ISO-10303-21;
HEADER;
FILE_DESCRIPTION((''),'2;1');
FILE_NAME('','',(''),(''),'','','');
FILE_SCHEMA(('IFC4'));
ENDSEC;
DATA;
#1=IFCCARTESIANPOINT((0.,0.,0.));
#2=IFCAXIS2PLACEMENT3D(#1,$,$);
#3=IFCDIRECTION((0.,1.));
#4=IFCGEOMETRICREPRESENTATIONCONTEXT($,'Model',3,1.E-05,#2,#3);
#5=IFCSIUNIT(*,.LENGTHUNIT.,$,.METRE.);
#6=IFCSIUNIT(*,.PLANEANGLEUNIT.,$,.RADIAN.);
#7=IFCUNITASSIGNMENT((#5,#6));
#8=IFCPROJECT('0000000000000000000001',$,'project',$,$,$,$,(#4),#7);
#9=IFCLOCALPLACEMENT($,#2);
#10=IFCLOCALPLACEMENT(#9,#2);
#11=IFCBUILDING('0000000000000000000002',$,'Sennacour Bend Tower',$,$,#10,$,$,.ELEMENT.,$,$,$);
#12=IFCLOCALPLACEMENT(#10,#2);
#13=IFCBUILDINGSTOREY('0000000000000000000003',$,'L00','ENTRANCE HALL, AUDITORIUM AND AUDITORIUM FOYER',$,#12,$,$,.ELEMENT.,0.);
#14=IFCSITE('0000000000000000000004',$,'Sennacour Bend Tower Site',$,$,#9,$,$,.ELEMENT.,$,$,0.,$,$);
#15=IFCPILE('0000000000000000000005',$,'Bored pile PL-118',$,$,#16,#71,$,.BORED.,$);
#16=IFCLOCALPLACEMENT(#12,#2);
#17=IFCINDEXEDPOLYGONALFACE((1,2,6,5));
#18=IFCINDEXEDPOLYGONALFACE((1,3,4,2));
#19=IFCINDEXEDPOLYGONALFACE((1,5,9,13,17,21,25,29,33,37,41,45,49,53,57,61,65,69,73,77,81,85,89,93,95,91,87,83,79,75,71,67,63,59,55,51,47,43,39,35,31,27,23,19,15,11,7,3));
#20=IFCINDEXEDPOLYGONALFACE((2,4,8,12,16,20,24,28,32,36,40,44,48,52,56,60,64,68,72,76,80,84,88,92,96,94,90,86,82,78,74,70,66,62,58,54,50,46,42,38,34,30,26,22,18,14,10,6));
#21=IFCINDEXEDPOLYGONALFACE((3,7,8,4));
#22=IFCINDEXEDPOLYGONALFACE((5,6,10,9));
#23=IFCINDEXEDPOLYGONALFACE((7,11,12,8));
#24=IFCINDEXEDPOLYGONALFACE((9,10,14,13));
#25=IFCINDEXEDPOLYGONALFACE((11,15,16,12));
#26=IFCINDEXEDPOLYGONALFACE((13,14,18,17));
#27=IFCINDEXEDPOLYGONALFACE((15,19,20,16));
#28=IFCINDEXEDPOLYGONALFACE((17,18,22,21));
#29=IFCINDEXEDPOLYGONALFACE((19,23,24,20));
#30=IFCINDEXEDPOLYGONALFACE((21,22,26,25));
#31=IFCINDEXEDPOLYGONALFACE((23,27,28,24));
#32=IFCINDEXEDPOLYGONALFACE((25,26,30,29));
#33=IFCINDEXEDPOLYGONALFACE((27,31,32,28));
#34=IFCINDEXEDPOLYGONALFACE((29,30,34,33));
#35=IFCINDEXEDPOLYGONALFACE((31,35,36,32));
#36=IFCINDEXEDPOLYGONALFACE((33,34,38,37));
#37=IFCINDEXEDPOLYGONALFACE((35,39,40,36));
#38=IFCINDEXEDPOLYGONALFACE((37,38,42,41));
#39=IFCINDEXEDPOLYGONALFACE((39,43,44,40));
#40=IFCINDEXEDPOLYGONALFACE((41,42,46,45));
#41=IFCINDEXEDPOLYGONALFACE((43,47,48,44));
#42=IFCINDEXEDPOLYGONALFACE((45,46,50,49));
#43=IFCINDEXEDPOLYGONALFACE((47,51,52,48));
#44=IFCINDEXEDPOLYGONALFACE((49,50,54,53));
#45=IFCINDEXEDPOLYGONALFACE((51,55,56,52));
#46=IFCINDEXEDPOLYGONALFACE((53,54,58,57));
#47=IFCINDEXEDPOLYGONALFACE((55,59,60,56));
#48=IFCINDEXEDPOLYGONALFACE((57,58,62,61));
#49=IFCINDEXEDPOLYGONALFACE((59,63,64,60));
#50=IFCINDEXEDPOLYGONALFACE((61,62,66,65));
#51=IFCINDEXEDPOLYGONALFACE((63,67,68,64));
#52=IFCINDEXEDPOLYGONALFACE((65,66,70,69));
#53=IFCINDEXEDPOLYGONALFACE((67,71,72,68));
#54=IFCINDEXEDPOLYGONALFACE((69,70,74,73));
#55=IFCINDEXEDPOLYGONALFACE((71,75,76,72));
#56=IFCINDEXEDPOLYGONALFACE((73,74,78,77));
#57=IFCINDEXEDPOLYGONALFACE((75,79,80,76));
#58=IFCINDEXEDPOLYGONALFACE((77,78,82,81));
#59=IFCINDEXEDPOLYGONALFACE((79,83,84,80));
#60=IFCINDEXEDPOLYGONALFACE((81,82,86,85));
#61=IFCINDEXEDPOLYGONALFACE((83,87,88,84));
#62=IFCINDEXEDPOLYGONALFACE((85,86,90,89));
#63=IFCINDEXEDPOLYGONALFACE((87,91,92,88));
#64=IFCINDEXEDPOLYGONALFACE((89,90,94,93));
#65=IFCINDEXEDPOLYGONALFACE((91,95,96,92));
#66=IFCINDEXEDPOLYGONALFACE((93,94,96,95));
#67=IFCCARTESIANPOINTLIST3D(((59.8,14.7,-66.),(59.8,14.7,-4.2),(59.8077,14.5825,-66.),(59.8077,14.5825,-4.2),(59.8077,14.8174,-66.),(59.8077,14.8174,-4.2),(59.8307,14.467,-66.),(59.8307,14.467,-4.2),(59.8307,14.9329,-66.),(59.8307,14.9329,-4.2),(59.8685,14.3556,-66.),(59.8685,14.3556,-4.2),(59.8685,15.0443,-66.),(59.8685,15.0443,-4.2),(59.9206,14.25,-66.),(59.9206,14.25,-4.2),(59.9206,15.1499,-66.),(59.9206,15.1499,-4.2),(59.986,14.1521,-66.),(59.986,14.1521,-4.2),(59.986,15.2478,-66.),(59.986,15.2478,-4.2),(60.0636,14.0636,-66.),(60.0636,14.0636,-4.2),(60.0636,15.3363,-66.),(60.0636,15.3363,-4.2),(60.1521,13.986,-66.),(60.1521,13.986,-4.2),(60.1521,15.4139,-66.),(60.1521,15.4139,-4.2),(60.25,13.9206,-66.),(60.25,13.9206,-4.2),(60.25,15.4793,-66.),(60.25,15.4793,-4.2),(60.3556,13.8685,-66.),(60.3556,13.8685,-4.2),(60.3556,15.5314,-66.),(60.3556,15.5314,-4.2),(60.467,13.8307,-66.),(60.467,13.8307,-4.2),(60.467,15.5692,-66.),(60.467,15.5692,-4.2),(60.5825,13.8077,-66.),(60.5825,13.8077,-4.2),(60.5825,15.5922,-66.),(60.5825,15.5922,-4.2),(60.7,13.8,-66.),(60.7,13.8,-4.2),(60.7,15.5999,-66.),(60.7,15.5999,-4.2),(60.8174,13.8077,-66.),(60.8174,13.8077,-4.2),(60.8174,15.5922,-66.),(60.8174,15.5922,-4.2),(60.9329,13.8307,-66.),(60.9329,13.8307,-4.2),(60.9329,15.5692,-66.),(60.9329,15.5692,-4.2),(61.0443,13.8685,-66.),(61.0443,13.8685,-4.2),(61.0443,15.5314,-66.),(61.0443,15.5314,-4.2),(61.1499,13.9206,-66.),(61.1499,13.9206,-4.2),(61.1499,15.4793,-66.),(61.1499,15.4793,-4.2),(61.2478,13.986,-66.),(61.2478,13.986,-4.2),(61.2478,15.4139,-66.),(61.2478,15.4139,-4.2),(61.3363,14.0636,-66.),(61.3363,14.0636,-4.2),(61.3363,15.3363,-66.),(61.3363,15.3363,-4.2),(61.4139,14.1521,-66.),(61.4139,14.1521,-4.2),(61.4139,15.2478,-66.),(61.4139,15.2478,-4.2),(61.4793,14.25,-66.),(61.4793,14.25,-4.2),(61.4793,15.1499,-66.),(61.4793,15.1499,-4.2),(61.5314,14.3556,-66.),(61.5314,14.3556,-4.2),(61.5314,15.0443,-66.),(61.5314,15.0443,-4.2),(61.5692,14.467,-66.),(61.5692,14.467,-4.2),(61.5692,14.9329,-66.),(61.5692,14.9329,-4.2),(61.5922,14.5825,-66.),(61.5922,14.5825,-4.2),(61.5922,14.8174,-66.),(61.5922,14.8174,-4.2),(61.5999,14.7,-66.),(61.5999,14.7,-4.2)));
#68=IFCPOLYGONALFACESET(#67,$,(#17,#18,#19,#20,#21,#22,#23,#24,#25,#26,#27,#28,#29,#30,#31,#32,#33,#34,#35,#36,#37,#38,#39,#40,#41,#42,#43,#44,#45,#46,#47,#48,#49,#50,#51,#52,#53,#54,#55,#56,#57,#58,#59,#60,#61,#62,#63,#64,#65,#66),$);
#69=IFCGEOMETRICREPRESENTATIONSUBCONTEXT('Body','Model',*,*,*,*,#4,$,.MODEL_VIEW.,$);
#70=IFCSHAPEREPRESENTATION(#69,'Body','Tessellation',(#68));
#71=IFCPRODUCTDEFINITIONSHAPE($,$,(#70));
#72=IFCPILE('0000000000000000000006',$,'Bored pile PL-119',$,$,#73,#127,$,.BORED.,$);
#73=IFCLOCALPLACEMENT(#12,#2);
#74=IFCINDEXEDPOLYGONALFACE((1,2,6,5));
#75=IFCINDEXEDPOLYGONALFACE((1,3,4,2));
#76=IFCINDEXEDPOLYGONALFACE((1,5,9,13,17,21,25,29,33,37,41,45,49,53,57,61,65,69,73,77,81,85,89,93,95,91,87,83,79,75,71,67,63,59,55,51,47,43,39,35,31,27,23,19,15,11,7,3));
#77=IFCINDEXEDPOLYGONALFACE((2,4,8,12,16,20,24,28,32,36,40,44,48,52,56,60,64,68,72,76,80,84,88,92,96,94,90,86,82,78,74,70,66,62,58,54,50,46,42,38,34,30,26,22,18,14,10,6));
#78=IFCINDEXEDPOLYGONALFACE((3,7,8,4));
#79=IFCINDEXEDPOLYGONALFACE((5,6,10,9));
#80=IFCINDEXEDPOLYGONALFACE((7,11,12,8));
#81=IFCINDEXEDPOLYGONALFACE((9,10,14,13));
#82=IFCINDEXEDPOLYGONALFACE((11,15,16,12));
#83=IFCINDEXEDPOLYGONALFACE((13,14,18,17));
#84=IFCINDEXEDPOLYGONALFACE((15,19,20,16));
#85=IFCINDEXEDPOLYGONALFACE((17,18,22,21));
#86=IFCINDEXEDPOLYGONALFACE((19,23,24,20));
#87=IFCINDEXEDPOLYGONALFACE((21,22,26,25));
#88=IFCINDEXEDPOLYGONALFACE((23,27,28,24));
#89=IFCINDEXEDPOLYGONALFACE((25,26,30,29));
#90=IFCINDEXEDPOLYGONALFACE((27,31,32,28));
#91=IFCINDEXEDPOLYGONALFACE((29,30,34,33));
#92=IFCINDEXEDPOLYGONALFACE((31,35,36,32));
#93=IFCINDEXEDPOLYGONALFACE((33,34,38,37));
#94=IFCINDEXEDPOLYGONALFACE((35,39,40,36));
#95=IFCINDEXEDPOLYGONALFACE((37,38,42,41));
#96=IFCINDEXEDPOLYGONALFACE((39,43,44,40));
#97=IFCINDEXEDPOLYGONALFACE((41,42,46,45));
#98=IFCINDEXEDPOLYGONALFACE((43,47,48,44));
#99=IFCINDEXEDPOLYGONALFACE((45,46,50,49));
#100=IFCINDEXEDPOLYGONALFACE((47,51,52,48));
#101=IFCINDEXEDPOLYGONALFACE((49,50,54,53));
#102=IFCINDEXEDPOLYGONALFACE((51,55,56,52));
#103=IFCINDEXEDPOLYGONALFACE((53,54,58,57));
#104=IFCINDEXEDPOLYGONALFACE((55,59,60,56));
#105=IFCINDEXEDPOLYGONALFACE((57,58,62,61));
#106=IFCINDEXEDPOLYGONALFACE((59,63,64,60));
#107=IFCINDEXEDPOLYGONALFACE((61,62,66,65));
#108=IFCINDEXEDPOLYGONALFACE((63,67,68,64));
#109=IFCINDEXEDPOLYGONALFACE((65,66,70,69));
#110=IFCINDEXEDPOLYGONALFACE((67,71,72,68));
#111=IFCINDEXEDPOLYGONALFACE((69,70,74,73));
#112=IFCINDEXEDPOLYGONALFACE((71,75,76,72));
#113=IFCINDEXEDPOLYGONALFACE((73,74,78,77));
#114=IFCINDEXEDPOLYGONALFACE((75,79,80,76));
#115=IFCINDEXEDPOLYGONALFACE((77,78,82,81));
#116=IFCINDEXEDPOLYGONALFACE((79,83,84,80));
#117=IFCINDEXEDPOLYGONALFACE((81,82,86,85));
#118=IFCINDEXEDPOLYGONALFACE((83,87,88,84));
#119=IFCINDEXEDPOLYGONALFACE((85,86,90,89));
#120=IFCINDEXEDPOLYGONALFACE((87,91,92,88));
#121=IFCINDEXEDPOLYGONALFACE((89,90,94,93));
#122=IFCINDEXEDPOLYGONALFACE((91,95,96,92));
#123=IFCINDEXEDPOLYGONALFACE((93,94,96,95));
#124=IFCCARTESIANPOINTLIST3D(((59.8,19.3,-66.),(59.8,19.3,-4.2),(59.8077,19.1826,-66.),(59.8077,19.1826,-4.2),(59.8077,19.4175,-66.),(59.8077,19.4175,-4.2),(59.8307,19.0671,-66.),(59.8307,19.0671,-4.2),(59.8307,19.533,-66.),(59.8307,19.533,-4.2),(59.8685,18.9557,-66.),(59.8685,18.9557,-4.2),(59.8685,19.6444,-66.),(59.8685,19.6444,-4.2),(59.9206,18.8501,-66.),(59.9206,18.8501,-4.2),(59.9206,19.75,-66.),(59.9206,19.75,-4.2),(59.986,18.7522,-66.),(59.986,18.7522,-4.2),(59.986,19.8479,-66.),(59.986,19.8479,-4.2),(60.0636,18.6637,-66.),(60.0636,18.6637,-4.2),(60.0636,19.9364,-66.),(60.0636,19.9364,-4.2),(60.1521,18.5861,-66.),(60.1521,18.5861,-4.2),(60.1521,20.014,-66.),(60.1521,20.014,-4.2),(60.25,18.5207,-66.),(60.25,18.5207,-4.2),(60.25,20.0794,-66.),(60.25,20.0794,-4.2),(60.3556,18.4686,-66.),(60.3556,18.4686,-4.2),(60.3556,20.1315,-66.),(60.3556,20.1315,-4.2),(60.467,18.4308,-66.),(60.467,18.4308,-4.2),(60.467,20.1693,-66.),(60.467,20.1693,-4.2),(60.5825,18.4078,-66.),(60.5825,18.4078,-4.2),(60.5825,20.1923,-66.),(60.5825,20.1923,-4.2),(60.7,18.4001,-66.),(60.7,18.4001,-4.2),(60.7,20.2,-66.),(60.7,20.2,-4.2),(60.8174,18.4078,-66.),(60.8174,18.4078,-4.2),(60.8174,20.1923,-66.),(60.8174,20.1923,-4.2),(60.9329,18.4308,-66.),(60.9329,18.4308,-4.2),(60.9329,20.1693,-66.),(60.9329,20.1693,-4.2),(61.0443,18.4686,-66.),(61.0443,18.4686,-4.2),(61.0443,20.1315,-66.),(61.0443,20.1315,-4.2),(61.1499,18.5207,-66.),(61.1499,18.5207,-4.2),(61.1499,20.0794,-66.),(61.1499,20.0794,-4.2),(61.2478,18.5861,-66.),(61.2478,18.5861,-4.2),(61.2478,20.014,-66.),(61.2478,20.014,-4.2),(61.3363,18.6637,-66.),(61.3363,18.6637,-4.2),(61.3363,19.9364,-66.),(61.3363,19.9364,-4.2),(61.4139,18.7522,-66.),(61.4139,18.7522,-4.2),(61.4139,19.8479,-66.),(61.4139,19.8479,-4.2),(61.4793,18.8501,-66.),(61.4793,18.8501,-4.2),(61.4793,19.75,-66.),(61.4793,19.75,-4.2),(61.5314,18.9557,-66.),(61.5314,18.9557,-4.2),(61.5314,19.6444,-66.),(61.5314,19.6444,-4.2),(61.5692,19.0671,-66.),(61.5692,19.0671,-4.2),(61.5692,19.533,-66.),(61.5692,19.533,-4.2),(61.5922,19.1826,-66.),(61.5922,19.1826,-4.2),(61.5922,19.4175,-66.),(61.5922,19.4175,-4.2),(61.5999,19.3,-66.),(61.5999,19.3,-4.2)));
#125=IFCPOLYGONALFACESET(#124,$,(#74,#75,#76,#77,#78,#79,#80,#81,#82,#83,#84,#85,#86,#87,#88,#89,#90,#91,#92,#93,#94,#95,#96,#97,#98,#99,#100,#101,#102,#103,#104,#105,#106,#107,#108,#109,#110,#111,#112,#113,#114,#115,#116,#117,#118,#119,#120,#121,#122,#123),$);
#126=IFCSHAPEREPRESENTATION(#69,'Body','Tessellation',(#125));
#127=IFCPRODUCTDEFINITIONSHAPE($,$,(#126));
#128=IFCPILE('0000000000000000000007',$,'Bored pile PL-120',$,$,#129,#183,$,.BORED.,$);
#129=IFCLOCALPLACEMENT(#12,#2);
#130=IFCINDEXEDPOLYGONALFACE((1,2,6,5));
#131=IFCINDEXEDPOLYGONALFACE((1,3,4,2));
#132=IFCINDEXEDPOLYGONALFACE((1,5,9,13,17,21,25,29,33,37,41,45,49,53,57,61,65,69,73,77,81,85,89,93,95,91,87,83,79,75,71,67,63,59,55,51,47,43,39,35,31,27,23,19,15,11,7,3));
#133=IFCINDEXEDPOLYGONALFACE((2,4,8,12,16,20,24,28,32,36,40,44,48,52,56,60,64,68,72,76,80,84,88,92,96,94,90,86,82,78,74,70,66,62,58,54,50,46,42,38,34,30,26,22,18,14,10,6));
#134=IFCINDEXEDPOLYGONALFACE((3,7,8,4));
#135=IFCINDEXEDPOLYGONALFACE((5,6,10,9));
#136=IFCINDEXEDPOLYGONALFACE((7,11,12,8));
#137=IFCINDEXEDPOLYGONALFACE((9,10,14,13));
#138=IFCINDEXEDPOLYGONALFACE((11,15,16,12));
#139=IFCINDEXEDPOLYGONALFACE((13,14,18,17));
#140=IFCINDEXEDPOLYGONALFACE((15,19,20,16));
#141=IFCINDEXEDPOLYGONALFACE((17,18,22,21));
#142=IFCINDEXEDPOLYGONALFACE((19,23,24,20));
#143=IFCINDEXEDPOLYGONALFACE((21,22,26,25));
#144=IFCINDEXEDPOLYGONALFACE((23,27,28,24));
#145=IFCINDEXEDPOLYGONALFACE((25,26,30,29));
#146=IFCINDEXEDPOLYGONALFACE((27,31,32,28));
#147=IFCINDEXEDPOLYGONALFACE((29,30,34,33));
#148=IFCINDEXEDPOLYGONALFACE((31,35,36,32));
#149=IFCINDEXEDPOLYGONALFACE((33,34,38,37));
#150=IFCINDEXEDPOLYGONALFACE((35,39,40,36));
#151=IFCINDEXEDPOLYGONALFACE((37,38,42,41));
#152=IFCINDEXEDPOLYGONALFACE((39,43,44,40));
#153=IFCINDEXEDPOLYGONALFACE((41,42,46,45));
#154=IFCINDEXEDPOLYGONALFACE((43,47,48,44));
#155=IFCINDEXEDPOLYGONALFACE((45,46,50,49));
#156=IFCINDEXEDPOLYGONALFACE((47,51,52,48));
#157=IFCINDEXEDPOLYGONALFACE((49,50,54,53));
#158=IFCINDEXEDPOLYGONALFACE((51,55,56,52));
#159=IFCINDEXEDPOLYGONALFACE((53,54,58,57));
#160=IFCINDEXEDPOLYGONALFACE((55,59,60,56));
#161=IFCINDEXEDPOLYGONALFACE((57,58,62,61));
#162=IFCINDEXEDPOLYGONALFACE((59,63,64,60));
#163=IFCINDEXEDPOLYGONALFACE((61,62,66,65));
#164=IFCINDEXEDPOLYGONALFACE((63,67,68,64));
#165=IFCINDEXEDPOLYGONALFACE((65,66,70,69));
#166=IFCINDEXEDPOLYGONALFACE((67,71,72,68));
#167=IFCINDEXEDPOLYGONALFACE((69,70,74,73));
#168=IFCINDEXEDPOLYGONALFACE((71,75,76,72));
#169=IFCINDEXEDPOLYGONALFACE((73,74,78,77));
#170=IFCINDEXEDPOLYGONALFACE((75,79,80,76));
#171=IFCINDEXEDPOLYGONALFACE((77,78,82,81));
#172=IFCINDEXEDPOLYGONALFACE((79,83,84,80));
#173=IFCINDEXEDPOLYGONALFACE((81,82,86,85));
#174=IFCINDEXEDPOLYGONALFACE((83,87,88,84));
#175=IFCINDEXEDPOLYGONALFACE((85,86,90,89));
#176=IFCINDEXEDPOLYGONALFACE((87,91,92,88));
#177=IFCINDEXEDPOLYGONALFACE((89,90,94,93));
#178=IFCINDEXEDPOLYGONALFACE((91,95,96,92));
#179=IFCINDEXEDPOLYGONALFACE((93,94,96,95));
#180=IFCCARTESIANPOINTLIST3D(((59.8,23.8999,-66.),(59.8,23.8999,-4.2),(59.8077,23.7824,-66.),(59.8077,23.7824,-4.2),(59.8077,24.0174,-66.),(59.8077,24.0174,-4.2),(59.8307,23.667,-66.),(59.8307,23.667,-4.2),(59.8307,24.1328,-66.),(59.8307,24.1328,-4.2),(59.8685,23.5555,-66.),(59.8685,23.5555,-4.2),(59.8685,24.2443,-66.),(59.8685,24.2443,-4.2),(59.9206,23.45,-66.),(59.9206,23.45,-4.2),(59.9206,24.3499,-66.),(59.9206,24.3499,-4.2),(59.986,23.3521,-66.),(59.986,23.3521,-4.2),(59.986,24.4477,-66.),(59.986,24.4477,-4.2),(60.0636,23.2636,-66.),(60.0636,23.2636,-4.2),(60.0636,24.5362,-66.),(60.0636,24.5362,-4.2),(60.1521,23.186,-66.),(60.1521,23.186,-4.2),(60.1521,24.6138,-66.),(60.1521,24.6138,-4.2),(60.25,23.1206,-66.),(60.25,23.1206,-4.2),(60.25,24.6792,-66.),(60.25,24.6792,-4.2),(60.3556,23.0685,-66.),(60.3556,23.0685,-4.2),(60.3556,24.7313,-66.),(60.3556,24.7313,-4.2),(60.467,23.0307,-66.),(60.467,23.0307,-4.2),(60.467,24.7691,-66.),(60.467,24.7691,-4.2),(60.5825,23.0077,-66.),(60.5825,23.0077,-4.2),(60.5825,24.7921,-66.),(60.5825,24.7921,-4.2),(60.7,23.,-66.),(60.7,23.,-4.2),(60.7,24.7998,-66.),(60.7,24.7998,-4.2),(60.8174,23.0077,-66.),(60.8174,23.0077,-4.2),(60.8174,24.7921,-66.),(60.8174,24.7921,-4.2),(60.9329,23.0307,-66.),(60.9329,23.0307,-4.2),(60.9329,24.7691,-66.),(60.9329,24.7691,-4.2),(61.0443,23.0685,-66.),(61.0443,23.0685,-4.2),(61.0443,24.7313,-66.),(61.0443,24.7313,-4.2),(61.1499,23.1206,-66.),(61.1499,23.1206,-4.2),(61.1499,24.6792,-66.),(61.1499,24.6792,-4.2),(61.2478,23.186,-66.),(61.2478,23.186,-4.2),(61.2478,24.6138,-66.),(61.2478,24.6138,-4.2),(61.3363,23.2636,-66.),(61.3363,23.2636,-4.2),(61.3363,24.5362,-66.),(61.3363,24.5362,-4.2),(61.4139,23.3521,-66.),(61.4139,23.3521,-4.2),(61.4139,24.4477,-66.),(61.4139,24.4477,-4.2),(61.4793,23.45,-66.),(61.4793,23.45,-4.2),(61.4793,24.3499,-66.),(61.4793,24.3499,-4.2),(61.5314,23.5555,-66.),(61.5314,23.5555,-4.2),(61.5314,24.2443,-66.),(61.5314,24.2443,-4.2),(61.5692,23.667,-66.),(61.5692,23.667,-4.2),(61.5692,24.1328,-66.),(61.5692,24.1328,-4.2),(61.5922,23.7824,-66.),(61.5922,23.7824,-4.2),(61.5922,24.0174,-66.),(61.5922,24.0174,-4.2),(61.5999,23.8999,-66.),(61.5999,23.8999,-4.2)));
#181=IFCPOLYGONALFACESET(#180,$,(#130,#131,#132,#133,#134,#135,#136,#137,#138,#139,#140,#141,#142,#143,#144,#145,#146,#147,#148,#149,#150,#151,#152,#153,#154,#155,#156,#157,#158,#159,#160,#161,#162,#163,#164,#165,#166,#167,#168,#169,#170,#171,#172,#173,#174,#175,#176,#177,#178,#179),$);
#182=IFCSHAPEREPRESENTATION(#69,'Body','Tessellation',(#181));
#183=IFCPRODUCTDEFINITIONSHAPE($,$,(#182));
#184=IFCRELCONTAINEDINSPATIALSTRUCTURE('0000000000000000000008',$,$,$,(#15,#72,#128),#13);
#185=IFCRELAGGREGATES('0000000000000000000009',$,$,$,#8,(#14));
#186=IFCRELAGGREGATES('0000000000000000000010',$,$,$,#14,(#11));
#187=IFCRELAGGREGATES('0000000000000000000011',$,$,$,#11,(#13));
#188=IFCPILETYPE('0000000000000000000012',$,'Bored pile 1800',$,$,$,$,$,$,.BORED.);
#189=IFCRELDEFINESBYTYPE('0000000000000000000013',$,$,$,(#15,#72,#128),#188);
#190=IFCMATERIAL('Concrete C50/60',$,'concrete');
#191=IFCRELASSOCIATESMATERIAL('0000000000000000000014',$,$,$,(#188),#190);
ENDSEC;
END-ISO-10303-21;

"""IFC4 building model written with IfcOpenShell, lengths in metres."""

from ifc_helpers import new_model, si_unit, direction, frame, origin, origin_2d, place, context, subcontext, project, spatial, circle, extrude, material, material_profile, profile_set, type_object, element, save


model = new_model("IFC4")

# Units and contexts
model_context = context("Model", 3, precision=1e-05, world=origin(), true_north=direction((0.0, 1.0)))
body_context = subcontext(model_context, "Body", "Model", "MODEL_VIEW")
ifc_project = project(units=[si_unit("LENGTHUNIT", "METRE"), si_unit("PLANEANGLEUNIT", "RADIAN")], contexts=[model_context])

# Site, building, storey
site_placement = place(None, origin())
site = spatial("IfcSite", under=ifc_project, at=site_placement, Name="Sennacour Bend Tower Site", CompositionType="ELEMENT", RefElevation=0.0)
building_placement = place(site_placement, origin())
building = spatial("IfcBuilding", under=site, at=building_placement, Name="Sennacour Bend Tower", CompositionType="ELEMENT")
storey_placement = place(building_placement, origin())
storey = spatial("IfcBuildingStorey", under=building, at=storey_placement, Name="L00", Description="ENTRANCE HALL, AUDITORIUM AND AUDITORIUM FOYER", CompositionType="ELEMENT", Elevation=0.0)

# Piles
ifc_material_1 = material(Name="Concrete C50/60", Category="concrete")
ifc_material_profile_1 = material_profile(ifc_material_1, circle(Radius=0.8999, at=origin_2d()), Name="Concrete C50/60", Category="concrete")
ifc_profile_set_1 = profile_set([ifc_material_profile_1], Name="Concrete C50/60")
pile_type = type_object("IfcPileType", Name="Bored pile 1800", PredefinedType="BORED", material=ifc_profile_set_1)
for number, where, z_axis, x_axis, name in (
    (1, (60.7, 14.7, -4.2), (0.0, 0.0, -1.0), (1.0, 0.0, 0.0), "Bored pile PL-118"),
    (2, (60.7, 19.3, -4.2), (0.0, 0.0, -1.0), (1.0, 0.0, 0.0), "Bored pile PL-119"),
    (3, (60.7, 23.8999, -4.2), (0.0, 0.0, -1.0), (1.0, 0.0, 0.0), "Bored pile PL-120"),
):
    element("IfcPile", number, at=place(storey_placement, frame(where, z_axis=z_axis, x_axis=x_axis)), inside=storey, type_object=pile_type, Name=name, PredefinedType="BORED", context=body_context, shape_type="SweptSolid", body=[
        extrude(circle(Radius=0.8999, at=origin_2d()), origin(), (0.0, 0.0, 1.0), 61.8),
    ])

save(model, "model.ifc")
